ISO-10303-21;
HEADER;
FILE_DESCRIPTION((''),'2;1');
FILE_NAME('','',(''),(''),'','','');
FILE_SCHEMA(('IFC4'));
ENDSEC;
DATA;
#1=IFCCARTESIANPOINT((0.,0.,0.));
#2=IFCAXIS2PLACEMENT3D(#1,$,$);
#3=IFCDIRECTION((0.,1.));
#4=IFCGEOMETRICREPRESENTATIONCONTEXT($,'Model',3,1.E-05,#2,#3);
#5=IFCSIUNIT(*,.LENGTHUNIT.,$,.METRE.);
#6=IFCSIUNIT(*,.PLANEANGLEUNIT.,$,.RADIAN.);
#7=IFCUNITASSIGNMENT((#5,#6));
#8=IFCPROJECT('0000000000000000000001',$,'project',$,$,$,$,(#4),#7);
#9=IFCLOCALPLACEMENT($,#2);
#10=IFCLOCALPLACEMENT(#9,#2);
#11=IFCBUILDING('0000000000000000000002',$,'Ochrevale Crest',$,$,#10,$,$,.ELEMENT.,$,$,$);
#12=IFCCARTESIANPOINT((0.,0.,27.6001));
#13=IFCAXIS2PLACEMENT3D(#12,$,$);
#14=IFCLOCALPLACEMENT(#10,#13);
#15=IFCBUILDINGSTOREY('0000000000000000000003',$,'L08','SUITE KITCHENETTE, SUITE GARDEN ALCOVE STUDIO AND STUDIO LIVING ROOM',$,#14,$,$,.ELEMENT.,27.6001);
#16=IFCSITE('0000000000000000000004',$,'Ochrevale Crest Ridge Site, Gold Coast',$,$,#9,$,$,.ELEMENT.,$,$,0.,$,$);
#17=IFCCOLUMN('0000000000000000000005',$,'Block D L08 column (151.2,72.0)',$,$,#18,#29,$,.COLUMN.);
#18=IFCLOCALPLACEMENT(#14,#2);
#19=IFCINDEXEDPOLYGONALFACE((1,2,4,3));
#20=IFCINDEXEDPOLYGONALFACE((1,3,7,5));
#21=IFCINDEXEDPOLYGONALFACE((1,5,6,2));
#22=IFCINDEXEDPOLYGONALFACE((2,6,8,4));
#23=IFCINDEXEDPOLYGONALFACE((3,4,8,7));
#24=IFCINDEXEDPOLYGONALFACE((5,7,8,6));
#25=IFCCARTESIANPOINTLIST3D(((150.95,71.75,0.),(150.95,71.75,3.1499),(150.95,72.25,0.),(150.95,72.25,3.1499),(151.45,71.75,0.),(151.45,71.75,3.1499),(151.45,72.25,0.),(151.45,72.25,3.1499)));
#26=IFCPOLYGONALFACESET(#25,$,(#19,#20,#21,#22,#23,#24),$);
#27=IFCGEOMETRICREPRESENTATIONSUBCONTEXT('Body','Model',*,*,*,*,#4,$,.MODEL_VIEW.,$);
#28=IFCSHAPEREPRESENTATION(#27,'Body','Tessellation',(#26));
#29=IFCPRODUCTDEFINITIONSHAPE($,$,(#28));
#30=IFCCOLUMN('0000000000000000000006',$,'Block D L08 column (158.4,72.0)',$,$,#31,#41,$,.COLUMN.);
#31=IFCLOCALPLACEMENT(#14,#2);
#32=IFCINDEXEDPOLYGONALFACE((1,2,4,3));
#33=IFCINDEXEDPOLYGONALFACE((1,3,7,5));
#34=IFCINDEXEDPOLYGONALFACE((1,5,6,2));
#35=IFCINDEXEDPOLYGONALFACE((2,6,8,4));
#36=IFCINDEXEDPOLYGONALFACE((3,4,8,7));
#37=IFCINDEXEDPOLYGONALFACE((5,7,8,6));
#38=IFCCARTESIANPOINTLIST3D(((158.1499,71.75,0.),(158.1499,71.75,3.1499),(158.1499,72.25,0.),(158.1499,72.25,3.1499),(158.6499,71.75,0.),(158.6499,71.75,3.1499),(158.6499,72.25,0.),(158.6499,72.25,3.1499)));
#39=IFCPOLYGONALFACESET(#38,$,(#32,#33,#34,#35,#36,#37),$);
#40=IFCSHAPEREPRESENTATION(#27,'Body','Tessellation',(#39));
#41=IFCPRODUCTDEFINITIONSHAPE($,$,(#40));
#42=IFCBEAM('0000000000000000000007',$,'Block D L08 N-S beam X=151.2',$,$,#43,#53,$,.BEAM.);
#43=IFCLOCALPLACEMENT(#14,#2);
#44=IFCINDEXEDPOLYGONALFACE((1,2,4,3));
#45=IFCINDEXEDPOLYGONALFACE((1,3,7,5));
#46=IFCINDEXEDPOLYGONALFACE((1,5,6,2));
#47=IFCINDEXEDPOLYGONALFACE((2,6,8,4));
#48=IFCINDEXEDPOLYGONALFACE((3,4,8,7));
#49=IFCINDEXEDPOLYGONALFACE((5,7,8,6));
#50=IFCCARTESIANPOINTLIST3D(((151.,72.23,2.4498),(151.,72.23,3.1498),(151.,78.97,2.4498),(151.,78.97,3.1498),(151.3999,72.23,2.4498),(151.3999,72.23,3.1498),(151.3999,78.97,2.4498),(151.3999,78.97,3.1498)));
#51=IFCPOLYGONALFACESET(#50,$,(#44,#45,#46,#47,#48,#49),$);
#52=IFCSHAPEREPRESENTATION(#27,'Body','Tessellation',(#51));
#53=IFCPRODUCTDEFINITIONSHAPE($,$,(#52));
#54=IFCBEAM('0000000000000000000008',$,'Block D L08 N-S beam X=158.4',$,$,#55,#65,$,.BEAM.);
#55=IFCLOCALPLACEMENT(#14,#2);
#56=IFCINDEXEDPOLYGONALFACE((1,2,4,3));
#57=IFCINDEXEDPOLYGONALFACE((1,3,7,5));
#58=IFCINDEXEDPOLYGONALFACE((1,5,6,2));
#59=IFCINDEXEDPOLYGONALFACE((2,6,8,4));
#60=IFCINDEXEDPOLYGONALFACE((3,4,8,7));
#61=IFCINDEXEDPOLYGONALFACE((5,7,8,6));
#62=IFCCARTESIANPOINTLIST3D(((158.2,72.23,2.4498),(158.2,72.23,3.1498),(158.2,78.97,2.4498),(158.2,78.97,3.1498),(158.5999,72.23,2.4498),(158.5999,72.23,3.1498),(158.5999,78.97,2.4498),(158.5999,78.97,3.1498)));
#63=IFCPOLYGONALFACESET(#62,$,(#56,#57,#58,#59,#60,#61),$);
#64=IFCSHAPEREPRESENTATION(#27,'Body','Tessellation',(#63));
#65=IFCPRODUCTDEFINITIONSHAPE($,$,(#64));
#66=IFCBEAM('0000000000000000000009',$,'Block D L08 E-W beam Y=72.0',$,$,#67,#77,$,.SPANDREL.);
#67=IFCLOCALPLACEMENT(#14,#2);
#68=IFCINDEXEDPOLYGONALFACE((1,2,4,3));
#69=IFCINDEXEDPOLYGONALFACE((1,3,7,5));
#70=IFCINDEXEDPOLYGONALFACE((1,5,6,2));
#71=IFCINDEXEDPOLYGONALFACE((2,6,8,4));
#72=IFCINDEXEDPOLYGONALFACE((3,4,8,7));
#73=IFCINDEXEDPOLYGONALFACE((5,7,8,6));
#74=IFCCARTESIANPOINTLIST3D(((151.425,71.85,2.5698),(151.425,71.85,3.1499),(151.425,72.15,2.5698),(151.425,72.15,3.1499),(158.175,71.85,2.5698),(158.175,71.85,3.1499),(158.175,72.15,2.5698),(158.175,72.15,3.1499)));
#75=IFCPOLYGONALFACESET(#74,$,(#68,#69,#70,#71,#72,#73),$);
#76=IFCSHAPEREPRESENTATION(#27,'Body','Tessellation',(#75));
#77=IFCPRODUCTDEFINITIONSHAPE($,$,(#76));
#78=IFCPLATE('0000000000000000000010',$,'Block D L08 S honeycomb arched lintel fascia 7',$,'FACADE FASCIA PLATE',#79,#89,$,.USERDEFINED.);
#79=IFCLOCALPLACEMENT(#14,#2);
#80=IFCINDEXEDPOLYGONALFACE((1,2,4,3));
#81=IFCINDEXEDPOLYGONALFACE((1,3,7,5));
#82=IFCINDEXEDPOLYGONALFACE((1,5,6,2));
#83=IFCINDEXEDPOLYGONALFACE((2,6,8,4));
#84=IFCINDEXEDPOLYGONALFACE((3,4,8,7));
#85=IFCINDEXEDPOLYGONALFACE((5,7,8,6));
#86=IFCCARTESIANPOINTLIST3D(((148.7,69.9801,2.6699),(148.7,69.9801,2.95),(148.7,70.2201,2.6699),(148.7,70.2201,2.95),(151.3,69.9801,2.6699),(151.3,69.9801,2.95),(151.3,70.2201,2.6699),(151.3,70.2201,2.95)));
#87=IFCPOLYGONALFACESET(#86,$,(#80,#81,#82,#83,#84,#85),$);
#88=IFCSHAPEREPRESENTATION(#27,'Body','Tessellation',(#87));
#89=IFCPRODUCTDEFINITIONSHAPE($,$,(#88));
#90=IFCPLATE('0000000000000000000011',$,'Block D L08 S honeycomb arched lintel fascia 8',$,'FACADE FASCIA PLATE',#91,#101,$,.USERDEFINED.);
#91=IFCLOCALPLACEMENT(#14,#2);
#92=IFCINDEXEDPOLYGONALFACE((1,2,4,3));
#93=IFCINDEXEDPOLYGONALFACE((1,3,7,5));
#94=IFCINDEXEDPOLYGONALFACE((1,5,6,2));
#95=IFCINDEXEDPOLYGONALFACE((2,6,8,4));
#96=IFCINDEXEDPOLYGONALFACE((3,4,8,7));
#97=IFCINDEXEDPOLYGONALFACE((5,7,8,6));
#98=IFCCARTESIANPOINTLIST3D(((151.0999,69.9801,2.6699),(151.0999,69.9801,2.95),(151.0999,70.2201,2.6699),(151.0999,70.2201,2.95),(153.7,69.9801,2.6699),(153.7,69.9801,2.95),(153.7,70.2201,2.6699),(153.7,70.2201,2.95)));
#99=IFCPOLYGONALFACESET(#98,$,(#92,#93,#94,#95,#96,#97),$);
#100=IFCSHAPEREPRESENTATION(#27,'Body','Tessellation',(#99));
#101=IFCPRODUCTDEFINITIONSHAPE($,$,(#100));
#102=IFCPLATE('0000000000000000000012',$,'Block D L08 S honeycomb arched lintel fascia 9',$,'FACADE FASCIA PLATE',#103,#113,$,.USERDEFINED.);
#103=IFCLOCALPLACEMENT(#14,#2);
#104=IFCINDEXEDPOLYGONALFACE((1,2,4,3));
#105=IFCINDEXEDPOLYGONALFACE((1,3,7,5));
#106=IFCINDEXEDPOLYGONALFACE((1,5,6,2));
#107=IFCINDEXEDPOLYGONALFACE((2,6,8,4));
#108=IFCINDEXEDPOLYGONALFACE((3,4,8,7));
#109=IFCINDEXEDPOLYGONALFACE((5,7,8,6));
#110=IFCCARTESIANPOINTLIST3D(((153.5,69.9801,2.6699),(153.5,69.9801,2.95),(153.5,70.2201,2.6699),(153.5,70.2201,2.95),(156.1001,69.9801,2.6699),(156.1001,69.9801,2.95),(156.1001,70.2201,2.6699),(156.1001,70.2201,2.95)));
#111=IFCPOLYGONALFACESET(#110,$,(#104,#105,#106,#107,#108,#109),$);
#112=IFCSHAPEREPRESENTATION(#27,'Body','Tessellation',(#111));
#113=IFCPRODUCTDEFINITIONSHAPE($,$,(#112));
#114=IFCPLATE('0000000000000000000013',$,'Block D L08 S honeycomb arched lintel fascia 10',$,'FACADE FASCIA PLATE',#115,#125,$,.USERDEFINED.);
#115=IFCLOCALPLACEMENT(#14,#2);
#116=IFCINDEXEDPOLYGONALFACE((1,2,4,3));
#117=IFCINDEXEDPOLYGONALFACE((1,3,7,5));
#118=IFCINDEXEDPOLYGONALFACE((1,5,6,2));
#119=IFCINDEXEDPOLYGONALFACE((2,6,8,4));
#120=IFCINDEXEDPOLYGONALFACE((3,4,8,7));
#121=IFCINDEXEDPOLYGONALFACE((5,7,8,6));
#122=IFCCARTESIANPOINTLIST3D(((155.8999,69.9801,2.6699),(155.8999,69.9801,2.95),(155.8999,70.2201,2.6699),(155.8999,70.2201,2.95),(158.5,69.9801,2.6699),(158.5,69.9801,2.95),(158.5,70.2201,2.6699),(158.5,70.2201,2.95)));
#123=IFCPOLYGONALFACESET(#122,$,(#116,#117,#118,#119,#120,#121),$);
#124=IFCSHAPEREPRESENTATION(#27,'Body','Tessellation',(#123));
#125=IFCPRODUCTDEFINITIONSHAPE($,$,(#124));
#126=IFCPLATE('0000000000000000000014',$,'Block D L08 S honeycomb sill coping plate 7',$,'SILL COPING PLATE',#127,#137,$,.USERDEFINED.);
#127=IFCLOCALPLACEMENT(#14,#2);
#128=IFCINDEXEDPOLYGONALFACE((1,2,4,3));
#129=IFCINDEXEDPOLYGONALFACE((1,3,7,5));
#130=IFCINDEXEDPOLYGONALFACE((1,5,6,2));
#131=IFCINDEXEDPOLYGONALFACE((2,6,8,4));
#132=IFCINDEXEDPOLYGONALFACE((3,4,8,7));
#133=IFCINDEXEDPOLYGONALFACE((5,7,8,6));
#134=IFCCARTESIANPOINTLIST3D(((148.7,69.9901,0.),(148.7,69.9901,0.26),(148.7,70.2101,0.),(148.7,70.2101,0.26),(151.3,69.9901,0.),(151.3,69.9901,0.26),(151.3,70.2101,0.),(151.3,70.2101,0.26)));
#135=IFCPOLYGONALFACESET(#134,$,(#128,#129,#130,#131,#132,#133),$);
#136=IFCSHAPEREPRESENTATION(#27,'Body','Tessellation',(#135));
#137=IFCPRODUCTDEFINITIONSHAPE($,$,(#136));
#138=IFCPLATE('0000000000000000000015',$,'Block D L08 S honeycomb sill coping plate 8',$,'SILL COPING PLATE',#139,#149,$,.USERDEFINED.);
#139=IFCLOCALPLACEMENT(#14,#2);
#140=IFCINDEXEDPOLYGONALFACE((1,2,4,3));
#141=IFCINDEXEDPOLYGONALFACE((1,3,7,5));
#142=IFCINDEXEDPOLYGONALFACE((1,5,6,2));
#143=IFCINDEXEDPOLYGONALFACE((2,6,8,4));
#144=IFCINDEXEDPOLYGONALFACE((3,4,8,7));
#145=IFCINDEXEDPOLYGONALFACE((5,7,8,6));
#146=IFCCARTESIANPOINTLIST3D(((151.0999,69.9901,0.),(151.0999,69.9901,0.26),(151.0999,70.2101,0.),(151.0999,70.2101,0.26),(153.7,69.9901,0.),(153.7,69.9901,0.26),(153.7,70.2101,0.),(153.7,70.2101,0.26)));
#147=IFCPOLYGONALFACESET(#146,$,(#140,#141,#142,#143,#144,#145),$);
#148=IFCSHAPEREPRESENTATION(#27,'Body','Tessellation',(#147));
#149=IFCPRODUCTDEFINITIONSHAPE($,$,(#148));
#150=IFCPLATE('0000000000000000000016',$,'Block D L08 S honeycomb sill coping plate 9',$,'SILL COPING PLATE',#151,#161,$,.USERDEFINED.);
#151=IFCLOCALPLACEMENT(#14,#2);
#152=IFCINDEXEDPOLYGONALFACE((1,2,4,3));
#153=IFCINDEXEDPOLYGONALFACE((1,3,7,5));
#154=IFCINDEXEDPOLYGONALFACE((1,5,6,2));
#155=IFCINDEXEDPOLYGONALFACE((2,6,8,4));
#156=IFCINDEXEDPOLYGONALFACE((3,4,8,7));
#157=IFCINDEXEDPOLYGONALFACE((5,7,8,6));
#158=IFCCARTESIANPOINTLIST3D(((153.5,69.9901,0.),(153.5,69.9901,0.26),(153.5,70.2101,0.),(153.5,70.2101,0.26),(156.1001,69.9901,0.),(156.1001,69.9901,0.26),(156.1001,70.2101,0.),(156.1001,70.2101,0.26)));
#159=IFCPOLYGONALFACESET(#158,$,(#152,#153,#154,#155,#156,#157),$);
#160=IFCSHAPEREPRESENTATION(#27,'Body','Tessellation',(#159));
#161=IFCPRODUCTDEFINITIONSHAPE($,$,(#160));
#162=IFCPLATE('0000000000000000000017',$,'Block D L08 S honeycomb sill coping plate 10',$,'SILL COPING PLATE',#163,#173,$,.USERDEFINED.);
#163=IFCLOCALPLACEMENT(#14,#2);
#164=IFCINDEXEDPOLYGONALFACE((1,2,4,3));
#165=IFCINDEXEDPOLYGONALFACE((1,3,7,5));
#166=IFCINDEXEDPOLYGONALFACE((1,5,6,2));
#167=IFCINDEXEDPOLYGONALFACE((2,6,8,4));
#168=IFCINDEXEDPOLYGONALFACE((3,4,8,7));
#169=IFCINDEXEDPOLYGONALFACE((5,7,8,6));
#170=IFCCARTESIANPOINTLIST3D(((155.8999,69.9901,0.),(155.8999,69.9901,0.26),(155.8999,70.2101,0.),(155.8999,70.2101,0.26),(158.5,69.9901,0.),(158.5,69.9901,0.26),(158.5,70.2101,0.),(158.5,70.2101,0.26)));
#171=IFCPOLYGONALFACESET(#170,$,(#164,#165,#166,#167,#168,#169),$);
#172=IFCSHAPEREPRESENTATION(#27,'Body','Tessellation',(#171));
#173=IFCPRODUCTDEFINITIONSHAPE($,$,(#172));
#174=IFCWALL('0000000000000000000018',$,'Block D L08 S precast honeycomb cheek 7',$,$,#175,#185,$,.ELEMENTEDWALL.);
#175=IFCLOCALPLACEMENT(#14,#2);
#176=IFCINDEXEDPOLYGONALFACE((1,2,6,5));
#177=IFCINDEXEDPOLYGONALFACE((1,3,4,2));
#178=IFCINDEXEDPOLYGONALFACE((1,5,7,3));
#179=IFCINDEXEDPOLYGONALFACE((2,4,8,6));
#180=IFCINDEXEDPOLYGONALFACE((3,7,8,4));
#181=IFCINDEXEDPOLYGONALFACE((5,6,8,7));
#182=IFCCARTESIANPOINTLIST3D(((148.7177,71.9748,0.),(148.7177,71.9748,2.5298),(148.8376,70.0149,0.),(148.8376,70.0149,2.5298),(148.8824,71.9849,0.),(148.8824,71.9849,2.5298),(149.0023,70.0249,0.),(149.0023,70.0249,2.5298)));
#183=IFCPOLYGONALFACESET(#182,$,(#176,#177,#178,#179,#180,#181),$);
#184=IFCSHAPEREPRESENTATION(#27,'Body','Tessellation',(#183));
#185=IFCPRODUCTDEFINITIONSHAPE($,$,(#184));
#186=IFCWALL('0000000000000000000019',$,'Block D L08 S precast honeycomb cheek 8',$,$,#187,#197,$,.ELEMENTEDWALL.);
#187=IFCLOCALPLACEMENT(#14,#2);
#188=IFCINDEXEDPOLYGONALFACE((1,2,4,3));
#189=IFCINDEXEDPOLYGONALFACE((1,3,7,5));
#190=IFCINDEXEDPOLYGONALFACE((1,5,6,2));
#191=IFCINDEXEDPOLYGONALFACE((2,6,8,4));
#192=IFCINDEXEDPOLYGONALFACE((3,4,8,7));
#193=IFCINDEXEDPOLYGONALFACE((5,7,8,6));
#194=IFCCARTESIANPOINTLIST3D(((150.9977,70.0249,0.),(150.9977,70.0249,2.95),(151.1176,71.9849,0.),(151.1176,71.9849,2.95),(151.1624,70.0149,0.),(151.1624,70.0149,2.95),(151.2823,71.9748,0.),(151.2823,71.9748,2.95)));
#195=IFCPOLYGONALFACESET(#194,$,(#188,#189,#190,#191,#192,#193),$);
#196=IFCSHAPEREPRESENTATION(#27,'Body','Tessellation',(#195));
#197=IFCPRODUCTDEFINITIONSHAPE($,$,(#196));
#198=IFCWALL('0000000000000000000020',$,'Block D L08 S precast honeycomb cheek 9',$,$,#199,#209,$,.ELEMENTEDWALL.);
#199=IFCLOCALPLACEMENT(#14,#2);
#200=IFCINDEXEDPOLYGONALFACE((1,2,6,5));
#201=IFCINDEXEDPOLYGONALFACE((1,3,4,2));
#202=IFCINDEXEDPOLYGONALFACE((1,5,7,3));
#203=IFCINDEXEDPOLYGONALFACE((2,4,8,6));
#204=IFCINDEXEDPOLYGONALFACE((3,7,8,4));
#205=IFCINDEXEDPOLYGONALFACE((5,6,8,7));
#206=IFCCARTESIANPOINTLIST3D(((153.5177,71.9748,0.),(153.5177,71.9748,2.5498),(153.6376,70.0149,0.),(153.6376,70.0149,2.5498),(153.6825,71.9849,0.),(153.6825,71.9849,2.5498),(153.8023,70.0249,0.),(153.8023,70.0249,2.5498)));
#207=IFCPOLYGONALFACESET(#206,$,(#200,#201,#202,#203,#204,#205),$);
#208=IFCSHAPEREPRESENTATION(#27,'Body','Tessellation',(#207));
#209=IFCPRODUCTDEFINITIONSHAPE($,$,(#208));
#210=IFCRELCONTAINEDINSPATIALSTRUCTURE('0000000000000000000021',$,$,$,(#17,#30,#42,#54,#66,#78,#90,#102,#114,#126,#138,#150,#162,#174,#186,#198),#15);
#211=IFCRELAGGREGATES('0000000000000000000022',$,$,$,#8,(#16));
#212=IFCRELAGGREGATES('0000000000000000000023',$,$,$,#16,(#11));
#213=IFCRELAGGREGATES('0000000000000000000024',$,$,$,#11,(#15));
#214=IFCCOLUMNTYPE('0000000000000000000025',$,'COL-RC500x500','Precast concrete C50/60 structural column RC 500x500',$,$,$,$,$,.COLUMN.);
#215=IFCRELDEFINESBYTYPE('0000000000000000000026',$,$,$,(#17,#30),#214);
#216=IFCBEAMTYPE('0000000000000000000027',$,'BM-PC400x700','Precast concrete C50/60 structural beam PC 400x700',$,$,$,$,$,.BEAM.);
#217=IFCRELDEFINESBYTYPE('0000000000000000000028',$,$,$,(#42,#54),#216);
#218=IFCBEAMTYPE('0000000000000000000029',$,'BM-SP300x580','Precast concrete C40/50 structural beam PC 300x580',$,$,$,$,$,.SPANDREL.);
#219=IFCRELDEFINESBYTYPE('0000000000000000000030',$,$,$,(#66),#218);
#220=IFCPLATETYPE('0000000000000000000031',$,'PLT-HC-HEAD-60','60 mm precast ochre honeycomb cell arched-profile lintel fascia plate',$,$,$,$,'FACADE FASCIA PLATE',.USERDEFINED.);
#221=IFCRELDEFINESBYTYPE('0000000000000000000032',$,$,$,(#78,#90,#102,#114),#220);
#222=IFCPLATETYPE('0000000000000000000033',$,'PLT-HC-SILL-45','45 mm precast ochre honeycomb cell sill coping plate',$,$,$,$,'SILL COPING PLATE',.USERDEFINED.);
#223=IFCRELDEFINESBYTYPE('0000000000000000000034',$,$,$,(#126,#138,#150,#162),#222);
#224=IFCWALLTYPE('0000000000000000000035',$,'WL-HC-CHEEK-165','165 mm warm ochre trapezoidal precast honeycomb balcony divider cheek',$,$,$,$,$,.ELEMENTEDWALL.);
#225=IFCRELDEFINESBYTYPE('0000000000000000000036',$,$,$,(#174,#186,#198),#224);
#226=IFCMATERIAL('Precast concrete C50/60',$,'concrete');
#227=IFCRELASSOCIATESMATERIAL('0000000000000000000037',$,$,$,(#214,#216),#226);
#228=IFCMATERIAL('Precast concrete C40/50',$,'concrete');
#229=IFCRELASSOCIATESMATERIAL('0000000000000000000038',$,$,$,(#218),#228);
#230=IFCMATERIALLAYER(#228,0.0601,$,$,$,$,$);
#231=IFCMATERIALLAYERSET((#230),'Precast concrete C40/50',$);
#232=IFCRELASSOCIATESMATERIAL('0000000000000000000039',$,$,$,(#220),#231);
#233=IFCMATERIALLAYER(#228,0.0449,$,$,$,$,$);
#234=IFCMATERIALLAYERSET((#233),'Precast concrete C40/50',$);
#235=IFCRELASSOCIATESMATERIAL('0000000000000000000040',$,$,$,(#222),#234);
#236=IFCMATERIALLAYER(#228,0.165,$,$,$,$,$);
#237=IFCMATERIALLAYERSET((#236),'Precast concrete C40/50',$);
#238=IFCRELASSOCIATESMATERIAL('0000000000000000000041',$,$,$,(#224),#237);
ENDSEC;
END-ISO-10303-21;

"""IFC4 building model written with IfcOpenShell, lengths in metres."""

from ifc_helpers import new_model, si_unit, direction, frame, frame_2d, origin, origin_2d, place, context, subcontext, project, spatial, rectangle, extrude, material, layer, layer_set, material_profile, profile_set, type_object, element, save


model = new_model("IFC4")

# Units and contexts
model_context = context("Model", 3, precision=1e-05, world=origin(), true_north=direction((0.0, 1.0)))
body_context = subcontext(model_context, "Body", "Model", "MODEL_VIEW")
ifc_project = project(units=[si_unit("LENGTHUNIT", "METRE"), si_unit("PLANEANGLEUNIT", "RADIAN")], contexts=[model_context])

# Site, building, storey
site_placement = place(None, origin())
site = spatial("IfcSite", under=ifc_project, at=site_placement, Name="Ochrevale Crest Ridge Site, Gold Coast", CompositionType="ELEMENT", RefElevation=0.0)
building_placement = place(site_placement, origin())
building = spatial("IfcBuilding", under=site, at=building_placement, Name="Ochrevale Crest", CompositionType="ELEMENT")
storey_placement = place(building_placement, frame((0.0, 0.0, 27.6001)))
storey = spatial("IfcBuildingStorey", under=building, at=storey_placement, Name="L08", Description="SUITE KITCHENETTE, SUITE GARDEN ALCOVE STUDIO AND STUDIO LIVING ROOM", CompositionType="ELEMENT", Elevation=27.6001)

# Columns
ifc_material_1 = material(Name="Precast concrete C50/60", Category="concrete")
ifc_material_profile_1 = material_profile(ifc_material_1, rectangle(XDim=0.5, YDim=0.5, at=origin_2d()), Name="RC 500x500")
ifc_profile_set_1 = profile_set([ifc_material_profile_1], Name="Precast concrete C50/60")
column_type = type_object("IfcColumnType", Name="COL-RC500x500", Description="Precast concrete C50/60 structural column RC 500x500", PredefinedType="COLUMN", material=ifc_profile_set_1)
for number, where, z_axis, x_axis, name in (
    (1, (151.2, 72.0, 0.0), (0.0, 0.0, 1.0), (1.0, 0.0, 0.0), "Block D L08 column (151.2,72.0)"),
    (2, (158.3999, 72.0, 0.0), (0.0, 0.0, 1.0), (1.0, 0.0, 0.0), "Block D L08 column (158.4,72.0)"),
):
    element("IfcColumn", number, at=place(storey_placement, frame(where, z_axis=z_axis, x_axis=x_axis)), inside=storey, type_object=column_type, Name=name, PredefinedType="COLUMN", context=body_context, shape_type="SweptSolid", body=[
        extrude(rectangle(XDim=0.5, YDim=0.5, at=origin_2d()), origin(), (0.0, 0.0, 1.0), 3.1499),
    ])

# Beams
ifc_material_profile_2 = material_profile(ifc_material_1, rectangle(XDim=0.3999, YDim=0.7, at=origin_2d()), Name="PC 400x700")
ifc_profile_set_2 = profile_set([ifc_material_profile_2], Name="Precast concrete C50/60")
beam_type_1 = type_object("IfcBeamType", Name="BM-PC400x700", Description="Precast concrete C50/60 structural beam PC 400x700", PredefinedType="BEAM", material=ifc_profile_set_2)
for number, where, z_axis, x_axis, name in (
    (3, (151.2, 72.23, 2.7998), (0.0, 1.0, 0.0), (-1.0, 0.0, 0.0), "Block D L08 N-S beam X=151.2"),
    (4, (158.3999, 72.23, 2.7998), (0.0, 1.0, 0.0), (-1.0, 0.0, 0.0), "Block D L08 N-S beam X=158.4"),
):
    element("IfcBeam", number, at=place(storey_placement, frame(where, z_axis=z_axis, x_axis=x_axis)), inside=storey, type_object=beam_type_1, Name=name, PredefinedType="BEAM", context=body_context, shape_type="SweptSolid", body=[
        extrude(rectangle(XDim=0.3999, YDim=0.7, at=origin_2d()), origin(), (0.0, 0.0, 1.0), 6.74),
    ])
ifc_material_2 = material(Name="Precast concrete C40/50", Category="concrete")
ifc_material_profile_3 = material_profile(ifc_material_2, rectangle(XDim=0.3, YDim=0.5801, at=origin_2d()), Name="PC 300x580")
ifc_profile_set_3 = profile_set([ifc_material_profile_3], Name="Precast concrete C40/50")
beam_type_2 = type_object("IfcBeamType", Name="BM-SP300x580", Description="Precast concrete C40/50 structural beam PC 300x580", PredefinedType="SPANDREL", material=ifc_profile_set_3)
beam_placement = place(storey_placement, frame((151.425, 72.0, 2.8599), z_axis=(1.0, 0.0, 0.0), x_axis=(0.0, 1.0, 0.0)))
element("IfcBeam", 5, at=beam_placement, inside=storey, type_object=beam_type_2, Name="Block D L08 E-W beam Y=72.0", PredefinedType="SPANDREL", context=body_context, shape_type="SweptSolid", body=[
    extrude(rectangle(XDim=0.3, YDim=0.5801, at=origin_2d()), origin(), (0.0, 0.0, 1.0), 6.75),
])

# Plates
ifc_layer_1 = layer(ifc_material_2, 0.0601)
ifc_layer_set_1 = layer_set([ifc_layer_1], Name="Precast concrete C40/50")
plate_type_1 = type_object("IfcPlateType", Name="PLT-HC-HEAD-60", Description="60 mm precast ochre honeycomb cell arched-profile lintel fascia plate", ElementType="FACADE FASCIA PLATE", PredefinedType="USERDEFINED", material=ifc_layer_set_1)
for number, where, z_axis, x_axis, name in (
    (6, (150.0, 70.1001, 2.6699), (0.0, 0.0, 1.0), (1.0, 0.0, 0.0), "Block D L08 S honeycomb arched lintel fascia 7"),
    (7, (152.3999, 70.1001, 2.6699), (0.0, 0.0, 1.0), (1.0, 0.0, 0.0), "Block D L08 S honeycomb arched lintel fascia 8"),
    (8, (154.8, 70.1001, 2.6699), (0.0, 0.0, 1.0), (1.0, 0.0, 0.0), "Block D L08 S honeycomb arched lintel fascia 9"),
    (9, (157.2, 70.1001, 2.6699), (0.0, 0.0, 1.0), (1.0, 0.0, 0.0), "Block D L08 S honeycomb arched lintel fascia 10"),
):
    element("IfcPlate", number, at=place(storey_placement, frame(where, z_axis=z_axis, x_axis=x_axis)), inside=storey, type_object=plate_type_1, Name=name, ObjectType="FACADE FASCIA PLATE", PredefinedType="USERDEFINED", context=body_context, shape_type="SweptSolid", body=[
        extrude(rectangle(XDim=2.6001, YDim=0.24, at=origin_2d()), origin(), (0.0, 0.0, 1.0), 0.28),
    ])
ifc_layer_2 = layer(ifc_material_2, 0.0449)
ifc_layer_set_2 = layer_set([ifc_layer_2], Name="Precast concrete C40/50")
plate_type_2 = type_object("IfcPlateType", Name="PLT-HC-SILL-45", Description="45 mm precast ochre honeycomb cell sill coping plate", ElementType="SILL COPING PLATE", PredefinedType="USERDEFINED", material=ifc_layer_set_2)
for number, where, z_axis, x_axis, name in (
    (10, (150.0, 70.1001, 0.0), (0.0, 0.0, 1.0), (1.0, 0.0, 0.0), "Block D L08 S honeycomb sill coping plate 7"),
    (11, (152.3999, 70.1001, 0.0), (0.0, 0.0, 1.0), (1.0, 0.0, 0.0), "Block D L08 S honeycomb sill coping plate 8"),
    (12, (154.8, 70.1001, 0.0), (0.0, 0.0, 1.0), (1.0, 0.0, 0.0), "Block D L08 S honeycomb sill coping plate 9"),
    (13, (157.2, 70.1001, 0.0), (0.0, 0.0, 1.0), (1.0, 0.0, 0.0), "Block D L08 S honeycomb sill coping plate 10"),
):
    element("IfcPlate", number, at=place(storey_placement, frame(where, z_axis=z_axis, x_axis=x_axis)), inside=storey, type_object=plate_type_2, Name=name, ObjectType="SILL COPING PLATE", PredefinedType="USERDEFINED", context=body_context, shape_type="SweptSolid", body=[
        extrude(rectangle(XDim=2.6001, YDim=0.22, at=origin_2d()), origin(), (0.0, 0.0, 1.0), 0.26),
    ])

# Walls
ifc_layer_3 = layer(ifc_material_2, 0.165)
ifc_layer_set_3 = layer_set([ifc_layer_3], Name="Precast concrete C40/50")
wall_type = type_object("IfcWallType", Name="WL-HC-CHEEK-165", Description="165 mm warm ochre trapezoidal precast honeycomb balcony divider cheek", PredefinedType="ELEMENTEDWALL", material=ifc_layer_set_3)
wall_1_placement = place(storey_placement, frame((148.8, 71.98, 0.0), z_axis=(0.0, 0.0, 1.0), x_axis=(0.061047, -0.998135, 0.0)))
element("IfcWall", 14, at=wall_1_placement, inside=storey, type_object=wall_type, Name="Block D L08 S precast honeycomb cheek 7", PredefinedType="ELEMENTEDWALL", context=body_context, shape_type="SweptSolid", body=[
    extrude(rectangle(XDim=1.9636, YDim=0.165, at=frame_2d((0.9819, 0.0))), origin(), (0.0, 0.0, 1.0), 2.5298),
])
wall_2_placement = place(storey_placement, frame((151.2, 71.98, 0.0), z_axis=(0.0, 0.0, 1.0), x_axis=(-0.061047, -0.998135, 0.0)))
element("IfcWall", 15, at=wall_2_placement, inside=storey, type_object=wall_type, Name="Block D L08 S precast honeycomb cheek 8", PredefinedType="ELEMENTEDWALL", context=body_context, shape_type="SweptSolid", body=[
    extrude(rectangle(XDim=1.9636, YDim=0.165, at=frame_2d((0.9819, 0.0))), origin(), (0.0, 0.0, 1.0), 2.95),
])
for number, where, z_axis, x_axis, name in (
    (16, (153.6001, 71.98, 0.0), (0.0, 0.0, 1.0), (0.061047, -0.998135, 0.0), "Block D L08 S precast honeycomb cheek 9"),
):
    element("IfcWall", number, at=place(storey_placement, frame(where, z_axis=z_axis, x_axis=x_axis)), inside=storey, type_object=wall_type, Name=name, PredefinedType="ELEMENTEDWALL", context=body_context, shape_type="SweptSolid", body=[
        extrude(rectangle(XDim=1.9636, YDim=0.165, at=frame_2d((0.9819, 0.0))), origin(), (0.0, 0.0, 1.0), 2.5498),
    ])

save(model, "model.ifc")
